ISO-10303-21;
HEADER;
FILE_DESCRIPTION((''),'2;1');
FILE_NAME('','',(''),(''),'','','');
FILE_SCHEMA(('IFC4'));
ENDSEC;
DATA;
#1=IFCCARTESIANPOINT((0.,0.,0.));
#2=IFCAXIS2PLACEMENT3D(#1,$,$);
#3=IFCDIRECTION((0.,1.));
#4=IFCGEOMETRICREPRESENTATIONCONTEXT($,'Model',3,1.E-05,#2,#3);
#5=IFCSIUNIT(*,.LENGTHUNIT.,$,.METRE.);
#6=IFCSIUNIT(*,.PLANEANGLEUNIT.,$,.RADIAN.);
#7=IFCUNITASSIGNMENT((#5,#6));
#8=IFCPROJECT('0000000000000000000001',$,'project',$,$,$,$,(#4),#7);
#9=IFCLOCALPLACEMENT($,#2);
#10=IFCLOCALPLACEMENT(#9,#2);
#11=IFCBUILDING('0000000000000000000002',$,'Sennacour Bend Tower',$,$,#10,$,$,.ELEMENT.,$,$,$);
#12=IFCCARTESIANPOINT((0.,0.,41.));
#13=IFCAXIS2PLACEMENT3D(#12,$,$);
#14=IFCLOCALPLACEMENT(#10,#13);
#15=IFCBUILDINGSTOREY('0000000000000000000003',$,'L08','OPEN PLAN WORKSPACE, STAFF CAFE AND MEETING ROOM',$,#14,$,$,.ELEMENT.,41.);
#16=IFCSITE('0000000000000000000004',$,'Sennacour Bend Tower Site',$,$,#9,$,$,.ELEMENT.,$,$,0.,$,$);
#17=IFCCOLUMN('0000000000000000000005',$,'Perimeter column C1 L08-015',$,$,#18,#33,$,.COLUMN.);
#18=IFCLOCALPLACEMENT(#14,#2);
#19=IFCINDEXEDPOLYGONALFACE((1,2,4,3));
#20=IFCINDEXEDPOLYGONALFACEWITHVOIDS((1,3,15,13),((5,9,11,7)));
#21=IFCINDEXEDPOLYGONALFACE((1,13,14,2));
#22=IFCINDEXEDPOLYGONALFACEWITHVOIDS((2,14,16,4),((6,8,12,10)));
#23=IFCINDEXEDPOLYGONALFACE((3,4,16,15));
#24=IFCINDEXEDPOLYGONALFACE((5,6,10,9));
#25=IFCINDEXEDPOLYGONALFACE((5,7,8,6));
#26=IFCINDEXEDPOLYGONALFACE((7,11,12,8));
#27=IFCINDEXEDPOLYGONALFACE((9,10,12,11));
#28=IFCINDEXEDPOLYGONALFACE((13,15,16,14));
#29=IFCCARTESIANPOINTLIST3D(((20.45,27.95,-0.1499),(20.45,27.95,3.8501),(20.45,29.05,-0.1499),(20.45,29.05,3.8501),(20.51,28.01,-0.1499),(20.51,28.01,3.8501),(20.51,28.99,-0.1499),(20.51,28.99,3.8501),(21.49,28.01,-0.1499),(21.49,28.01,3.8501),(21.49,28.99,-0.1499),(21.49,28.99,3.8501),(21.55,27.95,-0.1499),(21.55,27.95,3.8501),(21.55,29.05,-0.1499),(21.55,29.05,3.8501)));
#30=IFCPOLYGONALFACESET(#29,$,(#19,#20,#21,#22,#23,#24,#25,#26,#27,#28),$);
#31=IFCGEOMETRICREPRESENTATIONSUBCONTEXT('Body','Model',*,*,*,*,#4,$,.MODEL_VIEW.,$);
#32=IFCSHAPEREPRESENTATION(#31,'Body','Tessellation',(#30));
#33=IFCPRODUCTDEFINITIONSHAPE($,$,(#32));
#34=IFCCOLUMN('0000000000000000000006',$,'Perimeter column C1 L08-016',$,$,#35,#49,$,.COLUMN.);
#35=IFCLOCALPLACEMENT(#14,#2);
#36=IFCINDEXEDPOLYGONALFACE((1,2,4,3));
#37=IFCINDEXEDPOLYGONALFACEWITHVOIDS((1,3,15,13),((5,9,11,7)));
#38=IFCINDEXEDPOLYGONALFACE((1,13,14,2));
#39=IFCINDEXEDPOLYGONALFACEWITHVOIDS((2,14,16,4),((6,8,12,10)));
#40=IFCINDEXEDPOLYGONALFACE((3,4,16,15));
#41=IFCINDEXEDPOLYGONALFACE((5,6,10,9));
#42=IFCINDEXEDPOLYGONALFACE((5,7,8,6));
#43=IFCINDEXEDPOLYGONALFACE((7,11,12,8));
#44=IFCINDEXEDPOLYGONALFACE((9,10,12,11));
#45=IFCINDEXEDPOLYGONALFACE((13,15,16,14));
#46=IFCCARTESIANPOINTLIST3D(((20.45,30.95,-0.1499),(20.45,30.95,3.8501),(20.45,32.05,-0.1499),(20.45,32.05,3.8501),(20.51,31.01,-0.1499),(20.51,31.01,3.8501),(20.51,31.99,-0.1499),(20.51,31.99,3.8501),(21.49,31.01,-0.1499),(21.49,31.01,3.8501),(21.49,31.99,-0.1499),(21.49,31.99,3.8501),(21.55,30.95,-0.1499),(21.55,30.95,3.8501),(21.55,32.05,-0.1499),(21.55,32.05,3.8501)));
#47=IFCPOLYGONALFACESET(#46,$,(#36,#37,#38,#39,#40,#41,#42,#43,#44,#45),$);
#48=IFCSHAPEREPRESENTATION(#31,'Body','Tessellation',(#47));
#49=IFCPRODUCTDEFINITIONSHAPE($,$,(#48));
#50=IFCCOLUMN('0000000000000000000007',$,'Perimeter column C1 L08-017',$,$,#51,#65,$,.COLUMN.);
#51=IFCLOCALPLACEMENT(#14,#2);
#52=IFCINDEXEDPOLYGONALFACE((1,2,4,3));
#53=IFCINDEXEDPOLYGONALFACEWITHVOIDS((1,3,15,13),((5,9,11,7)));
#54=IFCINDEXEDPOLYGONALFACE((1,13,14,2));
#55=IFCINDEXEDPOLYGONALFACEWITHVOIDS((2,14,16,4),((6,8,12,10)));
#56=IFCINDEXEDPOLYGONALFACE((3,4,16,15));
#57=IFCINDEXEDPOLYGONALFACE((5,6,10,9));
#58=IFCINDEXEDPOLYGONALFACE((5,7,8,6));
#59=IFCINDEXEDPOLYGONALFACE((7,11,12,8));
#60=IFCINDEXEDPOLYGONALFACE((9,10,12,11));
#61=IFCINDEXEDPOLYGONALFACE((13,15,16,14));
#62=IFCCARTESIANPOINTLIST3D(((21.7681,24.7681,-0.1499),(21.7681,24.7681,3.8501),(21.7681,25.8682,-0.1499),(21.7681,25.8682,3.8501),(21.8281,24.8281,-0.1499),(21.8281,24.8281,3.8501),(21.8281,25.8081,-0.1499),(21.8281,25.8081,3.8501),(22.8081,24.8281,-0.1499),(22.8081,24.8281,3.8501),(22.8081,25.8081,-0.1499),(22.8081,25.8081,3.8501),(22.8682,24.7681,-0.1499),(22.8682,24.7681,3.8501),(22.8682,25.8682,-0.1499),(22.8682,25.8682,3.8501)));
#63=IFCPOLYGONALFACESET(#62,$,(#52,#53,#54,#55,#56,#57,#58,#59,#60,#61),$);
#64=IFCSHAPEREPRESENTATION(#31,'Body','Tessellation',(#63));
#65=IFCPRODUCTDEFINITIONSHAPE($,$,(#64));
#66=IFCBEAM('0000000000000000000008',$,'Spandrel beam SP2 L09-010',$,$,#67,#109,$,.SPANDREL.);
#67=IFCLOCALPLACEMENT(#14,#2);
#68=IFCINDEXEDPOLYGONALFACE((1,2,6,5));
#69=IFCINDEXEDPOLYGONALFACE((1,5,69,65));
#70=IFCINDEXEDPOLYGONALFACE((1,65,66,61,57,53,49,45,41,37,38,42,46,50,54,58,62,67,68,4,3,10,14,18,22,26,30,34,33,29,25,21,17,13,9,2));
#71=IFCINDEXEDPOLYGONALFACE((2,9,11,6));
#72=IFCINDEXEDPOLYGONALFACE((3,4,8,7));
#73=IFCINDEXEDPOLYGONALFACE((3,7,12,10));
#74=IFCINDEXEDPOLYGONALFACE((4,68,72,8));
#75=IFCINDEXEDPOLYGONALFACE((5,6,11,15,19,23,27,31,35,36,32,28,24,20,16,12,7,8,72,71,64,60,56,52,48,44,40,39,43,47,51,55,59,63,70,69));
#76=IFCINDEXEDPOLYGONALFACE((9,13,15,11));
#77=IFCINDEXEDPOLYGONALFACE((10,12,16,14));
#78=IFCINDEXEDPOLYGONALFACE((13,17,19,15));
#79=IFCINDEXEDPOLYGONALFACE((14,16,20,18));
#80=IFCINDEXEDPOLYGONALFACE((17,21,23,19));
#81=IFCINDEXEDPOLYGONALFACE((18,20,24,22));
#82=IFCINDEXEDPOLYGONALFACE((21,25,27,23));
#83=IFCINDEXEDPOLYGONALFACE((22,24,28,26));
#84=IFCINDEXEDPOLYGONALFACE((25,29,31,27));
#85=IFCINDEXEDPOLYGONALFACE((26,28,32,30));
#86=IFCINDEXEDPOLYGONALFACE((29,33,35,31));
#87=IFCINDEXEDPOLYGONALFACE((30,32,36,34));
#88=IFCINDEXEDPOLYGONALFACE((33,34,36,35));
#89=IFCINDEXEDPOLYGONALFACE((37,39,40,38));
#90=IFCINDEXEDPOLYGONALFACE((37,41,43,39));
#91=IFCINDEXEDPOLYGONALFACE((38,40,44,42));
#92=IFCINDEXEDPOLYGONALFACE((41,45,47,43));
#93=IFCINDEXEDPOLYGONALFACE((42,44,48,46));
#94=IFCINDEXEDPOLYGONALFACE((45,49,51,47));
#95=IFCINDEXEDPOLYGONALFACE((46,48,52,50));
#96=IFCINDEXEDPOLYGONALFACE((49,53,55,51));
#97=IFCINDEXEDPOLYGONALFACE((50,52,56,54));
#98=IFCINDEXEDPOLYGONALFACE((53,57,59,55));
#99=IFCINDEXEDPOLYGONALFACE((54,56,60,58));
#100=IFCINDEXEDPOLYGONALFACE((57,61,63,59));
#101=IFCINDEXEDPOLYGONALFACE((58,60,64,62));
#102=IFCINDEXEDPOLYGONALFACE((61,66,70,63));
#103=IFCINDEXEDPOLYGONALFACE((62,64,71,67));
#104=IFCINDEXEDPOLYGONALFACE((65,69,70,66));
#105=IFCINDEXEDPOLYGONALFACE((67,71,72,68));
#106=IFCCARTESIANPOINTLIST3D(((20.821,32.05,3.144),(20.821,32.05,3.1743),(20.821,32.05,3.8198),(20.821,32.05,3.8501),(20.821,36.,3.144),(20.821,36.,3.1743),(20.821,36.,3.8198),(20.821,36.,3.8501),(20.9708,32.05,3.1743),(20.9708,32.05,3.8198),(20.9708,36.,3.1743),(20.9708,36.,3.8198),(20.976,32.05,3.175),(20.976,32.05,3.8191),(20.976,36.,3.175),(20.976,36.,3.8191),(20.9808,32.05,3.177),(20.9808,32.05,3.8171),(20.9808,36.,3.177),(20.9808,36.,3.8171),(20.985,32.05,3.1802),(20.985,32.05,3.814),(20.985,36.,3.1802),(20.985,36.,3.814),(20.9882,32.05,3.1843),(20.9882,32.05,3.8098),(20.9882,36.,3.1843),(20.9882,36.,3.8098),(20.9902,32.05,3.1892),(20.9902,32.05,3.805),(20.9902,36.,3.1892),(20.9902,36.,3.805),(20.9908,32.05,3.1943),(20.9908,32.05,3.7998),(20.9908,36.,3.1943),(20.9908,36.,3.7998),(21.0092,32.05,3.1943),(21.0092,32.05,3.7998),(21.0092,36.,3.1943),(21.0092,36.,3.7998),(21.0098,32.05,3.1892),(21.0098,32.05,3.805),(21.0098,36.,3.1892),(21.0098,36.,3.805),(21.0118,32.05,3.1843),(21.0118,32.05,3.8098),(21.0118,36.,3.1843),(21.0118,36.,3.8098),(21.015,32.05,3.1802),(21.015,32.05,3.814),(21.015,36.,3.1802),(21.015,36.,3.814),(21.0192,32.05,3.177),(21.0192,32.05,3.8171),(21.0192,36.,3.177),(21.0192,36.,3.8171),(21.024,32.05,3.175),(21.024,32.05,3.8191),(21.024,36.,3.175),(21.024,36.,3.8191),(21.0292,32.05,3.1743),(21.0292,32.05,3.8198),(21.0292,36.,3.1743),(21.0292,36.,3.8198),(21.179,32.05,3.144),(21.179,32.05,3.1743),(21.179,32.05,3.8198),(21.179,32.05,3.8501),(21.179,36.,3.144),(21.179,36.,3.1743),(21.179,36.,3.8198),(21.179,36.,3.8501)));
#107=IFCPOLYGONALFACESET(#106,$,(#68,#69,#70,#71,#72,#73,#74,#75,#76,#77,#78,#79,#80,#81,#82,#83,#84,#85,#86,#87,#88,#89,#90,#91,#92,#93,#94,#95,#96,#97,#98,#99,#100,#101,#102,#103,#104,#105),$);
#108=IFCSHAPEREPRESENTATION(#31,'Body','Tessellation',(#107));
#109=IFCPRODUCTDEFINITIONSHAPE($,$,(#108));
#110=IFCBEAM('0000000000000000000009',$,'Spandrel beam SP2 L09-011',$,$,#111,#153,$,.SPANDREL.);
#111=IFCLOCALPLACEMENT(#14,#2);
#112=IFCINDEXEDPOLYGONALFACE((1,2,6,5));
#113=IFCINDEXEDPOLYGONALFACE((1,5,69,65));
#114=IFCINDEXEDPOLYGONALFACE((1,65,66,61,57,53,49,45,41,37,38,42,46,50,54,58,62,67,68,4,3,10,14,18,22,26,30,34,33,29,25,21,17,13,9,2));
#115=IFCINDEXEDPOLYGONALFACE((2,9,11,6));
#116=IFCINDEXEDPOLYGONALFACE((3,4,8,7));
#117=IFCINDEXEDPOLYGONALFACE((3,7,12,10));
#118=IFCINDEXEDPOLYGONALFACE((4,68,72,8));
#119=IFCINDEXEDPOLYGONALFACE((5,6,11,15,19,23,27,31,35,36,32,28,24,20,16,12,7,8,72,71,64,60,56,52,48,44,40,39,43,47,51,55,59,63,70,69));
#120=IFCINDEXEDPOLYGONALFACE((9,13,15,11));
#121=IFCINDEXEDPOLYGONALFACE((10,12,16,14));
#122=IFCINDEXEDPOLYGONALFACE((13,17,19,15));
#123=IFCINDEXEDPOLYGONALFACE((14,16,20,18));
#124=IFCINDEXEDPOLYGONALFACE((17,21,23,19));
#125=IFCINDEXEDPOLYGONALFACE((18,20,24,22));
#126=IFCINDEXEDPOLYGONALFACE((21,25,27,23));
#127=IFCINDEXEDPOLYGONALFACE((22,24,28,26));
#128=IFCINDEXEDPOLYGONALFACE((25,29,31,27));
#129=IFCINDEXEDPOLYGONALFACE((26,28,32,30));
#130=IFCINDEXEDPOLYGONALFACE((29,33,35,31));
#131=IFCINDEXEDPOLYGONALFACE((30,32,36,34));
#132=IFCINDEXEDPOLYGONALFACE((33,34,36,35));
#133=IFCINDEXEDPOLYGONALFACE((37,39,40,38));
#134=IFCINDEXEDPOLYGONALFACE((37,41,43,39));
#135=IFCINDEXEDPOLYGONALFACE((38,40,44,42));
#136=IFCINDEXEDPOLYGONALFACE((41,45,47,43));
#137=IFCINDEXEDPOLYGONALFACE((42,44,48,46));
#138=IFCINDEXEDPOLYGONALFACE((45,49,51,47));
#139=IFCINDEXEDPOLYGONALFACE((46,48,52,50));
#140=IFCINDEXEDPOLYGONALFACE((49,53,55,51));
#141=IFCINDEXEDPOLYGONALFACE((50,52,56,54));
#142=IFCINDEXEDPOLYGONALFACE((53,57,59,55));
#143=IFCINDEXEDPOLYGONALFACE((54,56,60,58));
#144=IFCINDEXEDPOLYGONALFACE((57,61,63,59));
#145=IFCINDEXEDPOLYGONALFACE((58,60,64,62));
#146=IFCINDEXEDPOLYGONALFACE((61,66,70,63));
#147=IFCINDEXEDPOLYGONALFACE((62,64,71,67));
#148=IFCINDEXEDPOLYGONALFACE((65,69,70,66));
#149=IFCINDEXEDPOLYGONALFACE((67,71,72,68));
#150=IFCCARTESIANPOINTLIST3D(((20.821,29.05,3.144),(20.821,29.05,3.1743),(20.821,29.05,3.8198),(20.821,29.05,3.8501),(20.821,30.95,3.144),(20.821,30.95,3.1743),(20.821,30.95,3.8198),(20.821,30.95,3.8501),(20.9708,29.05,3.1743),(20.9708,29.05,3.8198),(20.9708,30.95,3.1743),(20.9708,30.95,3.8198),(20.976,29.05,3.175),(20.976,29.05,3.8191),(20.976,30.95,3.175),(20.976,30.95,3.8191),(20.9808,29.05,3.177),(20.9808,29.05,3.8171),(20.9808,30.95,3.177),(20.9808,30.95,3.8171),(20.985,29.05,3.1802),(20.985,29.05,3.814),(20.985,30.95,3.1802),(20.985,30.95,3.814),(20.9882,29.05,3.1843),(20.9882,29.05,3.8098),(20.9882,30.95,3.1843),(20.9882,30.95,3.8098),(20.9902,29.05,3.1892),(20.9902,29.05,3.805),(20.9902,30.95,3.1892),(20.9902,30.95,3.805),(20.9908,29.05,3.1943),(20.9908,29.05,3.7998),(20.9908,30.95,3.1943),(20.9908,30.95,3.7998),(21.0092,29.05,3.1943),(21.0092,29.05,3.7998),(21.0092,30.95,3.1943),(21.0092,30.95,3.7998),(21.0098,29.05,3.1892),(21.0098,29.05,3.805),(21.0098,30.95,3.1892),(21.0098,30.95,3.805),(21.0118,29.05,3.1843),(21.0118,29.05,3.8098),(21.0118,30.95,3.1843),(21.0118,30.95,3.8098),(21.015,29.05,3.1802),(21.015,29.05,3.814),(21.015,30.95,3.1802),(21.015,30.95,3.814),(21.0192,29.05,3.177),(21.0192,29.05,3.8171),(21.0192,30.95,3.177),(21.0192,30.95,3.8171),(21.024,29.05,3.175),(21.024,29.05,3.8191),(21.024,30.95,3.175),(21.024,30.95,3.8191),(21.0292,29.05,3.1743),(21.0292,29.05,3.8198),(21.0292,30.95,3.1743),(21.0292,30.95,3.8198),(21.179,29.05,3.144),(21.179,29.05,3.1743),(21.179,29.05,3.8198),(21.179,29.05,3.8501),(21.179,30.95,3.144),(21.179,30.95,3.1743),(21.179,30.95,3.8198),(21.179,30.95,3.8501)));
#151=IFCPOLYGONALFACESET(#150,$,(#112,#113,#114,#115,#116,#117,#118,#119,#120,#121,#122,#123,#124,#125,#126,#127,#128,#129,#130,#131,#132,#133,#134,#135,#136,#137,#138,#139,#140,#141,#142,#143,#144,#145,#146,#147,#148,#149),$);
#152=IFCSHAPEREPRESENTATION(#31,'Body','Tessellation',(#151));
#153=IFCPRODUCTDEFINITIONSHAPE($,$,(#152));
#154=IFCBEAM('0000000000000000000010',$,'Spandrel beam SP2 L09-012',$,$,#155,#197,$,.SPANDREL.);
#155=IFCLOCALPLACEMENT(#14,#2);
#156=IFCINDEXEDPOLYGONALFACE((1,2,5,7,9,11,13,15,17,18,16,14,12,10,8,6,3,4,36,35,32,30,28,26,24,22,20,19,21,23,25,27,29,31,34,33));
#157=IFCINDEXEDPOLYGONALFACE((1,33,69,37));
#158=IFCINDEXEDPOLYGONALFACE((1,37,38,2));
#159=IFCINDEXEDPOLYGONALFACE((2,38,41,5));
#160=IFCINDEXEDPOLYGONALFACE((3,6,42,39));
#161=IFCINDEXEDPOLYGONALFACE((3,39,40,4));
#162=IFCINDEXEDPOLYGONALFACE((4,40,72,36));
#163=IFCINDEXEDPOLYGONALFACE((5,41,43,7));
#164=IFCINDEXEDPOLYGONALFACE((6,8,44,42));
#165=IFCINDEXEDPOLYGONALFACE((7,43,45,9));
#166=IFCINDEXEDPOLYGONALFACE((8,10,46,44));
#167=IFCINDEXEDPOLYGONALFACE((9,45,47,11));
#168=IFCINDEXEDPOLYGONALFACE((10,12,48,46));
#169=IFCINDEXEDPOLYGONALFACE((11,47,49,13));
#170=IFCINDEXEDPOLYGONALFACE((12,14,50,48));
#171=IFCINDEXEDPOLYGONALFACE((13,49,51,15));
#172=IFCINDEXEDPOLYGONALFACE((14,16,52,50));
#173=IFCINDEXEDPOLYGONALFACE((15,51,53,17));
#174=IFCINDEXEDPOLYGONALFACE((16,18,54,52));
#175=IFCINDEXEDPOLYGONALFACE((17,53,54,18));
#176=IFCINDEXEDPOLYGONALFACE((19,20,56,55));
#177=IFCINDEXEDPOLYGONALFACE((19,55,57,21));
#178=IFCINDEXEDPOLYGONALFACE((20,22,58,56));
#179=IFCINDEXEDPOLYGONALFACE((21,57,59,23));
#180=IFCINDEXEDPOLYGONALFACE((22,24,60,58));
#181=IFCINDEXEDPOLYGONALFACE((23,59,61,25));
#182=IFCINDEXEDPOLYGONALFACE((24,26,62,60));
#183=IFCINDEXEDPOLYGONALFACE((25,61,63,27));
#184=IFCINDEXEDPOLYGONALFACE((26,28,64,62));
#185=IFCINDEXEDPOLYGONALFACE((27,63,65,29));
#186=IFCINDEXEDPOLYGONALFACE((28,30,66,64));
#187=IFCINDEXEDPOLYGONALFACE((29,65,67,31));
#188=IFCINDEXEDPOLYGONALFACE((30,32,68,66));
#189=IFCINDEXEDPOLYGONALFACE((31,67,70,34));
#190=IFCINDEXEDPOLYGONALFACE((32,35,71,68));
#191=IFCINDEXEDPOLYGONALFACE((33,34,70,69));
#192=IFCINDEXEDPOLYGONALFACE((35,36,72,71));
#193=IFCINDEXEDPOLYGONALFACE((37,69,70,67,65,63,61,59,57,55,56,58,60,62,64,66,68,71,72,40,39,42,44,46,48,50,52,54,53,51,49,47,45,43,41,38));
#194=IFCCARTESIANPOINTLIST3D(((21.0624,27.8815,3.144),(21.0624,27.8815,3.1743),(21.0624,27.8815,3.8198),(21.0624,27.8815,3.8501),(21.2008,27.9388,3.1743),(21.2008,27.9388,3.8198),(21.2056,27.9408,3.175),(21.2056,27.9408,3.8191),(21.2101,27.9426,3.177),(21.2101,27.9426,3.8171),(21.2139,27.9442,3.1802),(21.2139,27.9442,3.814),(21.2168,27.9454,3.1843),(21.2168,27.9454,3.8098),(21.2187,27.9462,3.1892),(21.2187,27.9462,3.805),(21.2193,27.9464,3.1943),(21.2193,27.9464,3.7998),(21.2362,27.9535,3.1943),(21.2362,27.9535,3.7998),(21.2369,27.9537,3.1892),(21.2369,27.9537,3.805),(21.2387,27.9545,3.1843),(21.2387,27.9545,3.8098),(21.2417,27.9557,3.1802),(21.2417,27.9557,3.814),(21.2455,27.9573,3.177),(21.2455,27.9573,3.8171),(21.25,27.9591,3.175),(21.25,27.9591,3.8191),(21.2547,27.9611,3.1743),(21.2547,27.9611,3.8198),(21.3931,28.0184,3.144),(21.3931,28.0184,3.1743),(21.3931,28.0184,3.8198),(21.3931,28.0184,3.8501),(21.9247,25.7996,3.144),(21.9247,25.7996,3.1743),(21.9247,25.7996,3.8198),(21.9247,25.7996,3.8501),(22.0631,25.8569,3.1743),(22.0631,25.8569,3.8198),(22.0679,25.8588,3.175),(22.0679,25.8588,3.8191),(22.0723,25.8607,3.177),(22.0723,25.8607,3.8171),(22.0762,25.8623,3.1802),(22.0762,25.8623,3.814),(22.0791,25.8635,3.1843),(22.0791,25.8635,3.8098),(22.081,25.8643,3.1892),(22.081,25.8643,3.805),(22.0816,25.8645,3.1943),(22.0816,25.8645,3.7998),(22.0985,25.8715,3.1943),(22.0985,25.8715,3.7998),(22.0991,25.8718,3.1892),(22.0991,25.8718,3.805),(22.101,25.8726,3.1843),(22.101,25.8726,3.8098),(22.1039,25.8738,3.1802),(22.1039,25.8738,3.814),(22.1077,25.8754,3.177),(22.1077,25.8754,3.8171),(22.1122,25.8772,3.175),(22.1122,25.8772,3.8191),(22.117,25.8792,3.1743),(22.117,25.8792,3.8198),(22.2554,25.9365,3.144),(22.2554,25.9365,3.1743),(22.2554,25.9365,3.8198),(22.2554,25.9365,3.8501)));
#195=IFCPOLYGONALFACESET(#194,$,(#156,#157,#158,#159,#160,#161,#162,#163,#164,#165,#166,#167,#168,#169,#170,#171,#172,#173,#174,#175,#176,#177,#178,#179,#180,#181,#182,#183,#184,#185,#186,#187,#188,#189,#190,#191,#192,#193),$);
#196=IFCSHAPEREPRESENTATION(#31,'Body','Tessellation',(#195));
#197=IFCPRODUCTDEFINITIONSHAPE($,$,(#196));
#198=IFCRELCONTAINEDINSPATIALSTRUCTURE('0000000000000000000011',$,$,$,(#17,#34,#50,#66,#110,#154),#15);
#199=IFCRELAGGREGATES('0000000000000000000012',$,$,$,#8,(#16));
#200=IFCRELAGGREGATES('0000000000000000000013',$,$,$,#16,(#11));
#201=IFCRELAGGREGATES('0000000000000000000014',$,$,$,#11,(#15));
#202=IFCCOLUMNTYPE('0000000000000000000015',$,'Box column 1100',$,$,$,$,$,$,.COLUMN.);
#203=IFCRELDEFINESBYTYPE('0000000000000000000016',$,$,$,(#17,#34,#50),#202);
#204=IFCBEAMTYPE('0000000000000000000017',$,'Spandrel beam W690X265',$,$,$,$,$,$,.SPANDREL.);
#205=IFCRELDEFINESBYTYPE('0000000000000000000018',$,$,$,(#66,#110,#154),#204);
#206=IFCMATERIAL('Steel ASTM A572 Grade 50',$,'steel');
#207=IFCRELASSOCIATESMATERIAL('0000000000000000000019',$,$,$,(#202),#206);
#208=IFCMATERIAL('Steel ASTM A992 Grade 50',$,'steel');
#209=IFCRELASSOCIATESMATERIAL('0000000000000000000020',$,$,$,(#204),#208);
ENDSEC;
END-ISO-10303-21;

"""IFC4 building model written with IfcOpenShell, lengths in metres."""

from ifc_helpers import new_model, si_unit, direction, frame, origin, origin_2d, place, context, subcontext, project, spatial, hollow_rectangle, i_section, extrude, material, material_profile, profile_set, type_object, element, save


model = new_model("IFC4")

# Units and contexts
model_context = context("Model", 3, precision=1e-05, world=origin(), true_north=direction((0.0, 1.0)))
body_context = subcontext(model_context, "Body", "Model", "MODEL_VIEW")
ifc_project = project(units=[si_unit("LENGTHUNIT", "METRE"), si_unit("PLANEANGLEUNIT", "RADIAN")], contexts=[model_context])

# Site, building, storey
site_placement = place(None, origin())
site = spatial("IfcSite", under=ifc_project, at=site_placement, Name="Sennacour Bend Tower Site", CompositionType="ELEMENT", RefElevation=0.0)
building_placement = place(site_placement, origin())
building = spatial("IfcBuilding", under=site, at=building_placement, Name="Sennacour Bend Tower", CompositionType="ELEMENT")
storey_placement = place(building_placement, frame((0.0, 0.0, 41.0)))
storey = spatial("IfcBuildingStorey", under=building, at=storey_placement, Name="L08", Description="OPEN PLAN WORKSPACE, STAFF CAFE AND MEETING ROOM", CompositionType="ELEMENT", Elevation=41.0)

# Columns
ifc_material_1 = material(Name="Steel ASTM A572 Grade 50", Category="steel")
ifc_material_profile_1 = material_profile(ifc_material_1, hollow_rectangle(XDim=1.1001, YDim=1.1001, WallThickness=0.0601, at=origin_2d()), Name="Steel ASTM A572 Grade 50", Category="steel")
ifc_profile_set_1 = profile_set([ifc_material_profile_1], Name="Steel ASTM A572 Grade 50")
column_type = type_object("IfcColumnType", Name="Box column 1100", PredefinedType="COLUMN", material=ifc_profile_set_1)
for number, where, z_axis, x_axis, name in (
    (1, (21.0, 28.5, -0.1499), (0.0, 0.0, 1.0), (1.0, 0.0, 0.0), "Perimeter column C1 L08-015"),
    (2, (21.0, 31.5, -0.1499), (0.0, 0.0, 1.0), (1.0, 0.0, 0.0), "Perimeter column C1 L08-016"),
    (3, (22.3181, 25.3181, -0.1499), (0.0, 0.0, 1.0), (1.0, 0.0, 0.0), "Perimeter column C1 L08-017"),
):
    element("IfcColumn", number, at=place(storey_placement, frame(where, z_axis=z_axis, x_axis=x_axis)), inside=storey, type_object=column_type, Name=name, PredefinedType="COLUMN", context=body_context, shape_type="SweptSolid", body=[
        extrude(hollow_rectangle(XDim=1.1001, YDim=1.1001, WallThickness=0.0601, at=origin_2d()), origin(), (0.0, 0.0, 1.0), 4.0),
    ])

# Beams
ifc_material_2 = material(Name="Steel ASTM A992 Grade 50", Category="steel")
ifc_material_profile_2 = material_profile(ifc_material_2, i_section(OverallWidth=0.3579, OverallDepth=0.7061, WebThickness=0.0183, FlangeThickness=0.0303, FilletRadius=0.02, at=origin_2d()), Name="Steel ASTM A992 Grade 50", Category="steel")
ifc_profile_set_2 = profile_set([ifc_material_profile_2], Name="Steel ASTM A992 Grade 50")
beam_type = type_object("IfcBeamType", Name="Spandrel beam W690X265", PredefinedType="SPANDREL", material=ifc_profile_set_2)
beam_1_placement = place(storey_placement, frame((21.0, 36.0, 3.4971), z_axis=(0.0, -1.0, 0.0), x_axis=(1.0, 0.0, 0.0)))
element("IfcBeam", 4, at=beam_1_placement, inside=storey, type_object=beam_type, Name="Spandrel beam SP2 L09-010", PredefinedType="SPANDREL", context=body_context, shape_type="SweptSolid", body=[
    extrude(i_section(OverallWidth=0.3579, OverallDepth=0.7061, WebThickness=0.0183, FlangeThickness=0.0303, FilletRadius=0.02, at=origin_2d()), origin(), (0.0, 0.0, 1.0), 3.95),
])
beam_2_placement = place(storey_placement, frame((21.0, 30.95, 3.4971), z_axis=(0.0, -1.0, 0.0), x_axis=(1.0, 0.0, 0.0)))
element("IfcBeam", 5, at=beam_2_placement, inside=storey, type_object=beam_type, Name="Spandrel beam SP2 L09-011", PredefinedType="SPANDREL", context=body_context, shape_type="SweptSolid", body=[
    extrude(i_section(OverallWidth=0.3579, OverallDepth=0.7061, WebThickness=0.0183, FlangeThickness=0.0303, FilletRadius=0.02, at=origin_2d()), origin(), (0.0, 0.0, 1.0), 1.8999),
])
for number, where, z_axis, x_axis, name in (
    (6, (21.2278, 27.95, 3.4971), (0.382645, -0.923895, 0.0), (0.923895, 0.382645, 0.0), "Spandrel beam SP2 L09-012"),
):
    element("IfcBeam", number, at=place(storey_placement, frame(where, z_axis=z_axis, x_axis=x_axis)), inside=storey, type_object=beam_type, Name=name, PredefinedType="SPANDREL", context=body_context, shape_type="SweptSolid", body=[
        extrude(i_section(OverallWidth=0.3579, OverallDepth=0.7061, WebThickness=0.0183, FlangeThickness=0.0303, FilletRadius=0.02, at=origin_2d()), origin(), (0.0, 0.0, 1.0), 2.2534),
    ])

save(model, "model.ifc")
